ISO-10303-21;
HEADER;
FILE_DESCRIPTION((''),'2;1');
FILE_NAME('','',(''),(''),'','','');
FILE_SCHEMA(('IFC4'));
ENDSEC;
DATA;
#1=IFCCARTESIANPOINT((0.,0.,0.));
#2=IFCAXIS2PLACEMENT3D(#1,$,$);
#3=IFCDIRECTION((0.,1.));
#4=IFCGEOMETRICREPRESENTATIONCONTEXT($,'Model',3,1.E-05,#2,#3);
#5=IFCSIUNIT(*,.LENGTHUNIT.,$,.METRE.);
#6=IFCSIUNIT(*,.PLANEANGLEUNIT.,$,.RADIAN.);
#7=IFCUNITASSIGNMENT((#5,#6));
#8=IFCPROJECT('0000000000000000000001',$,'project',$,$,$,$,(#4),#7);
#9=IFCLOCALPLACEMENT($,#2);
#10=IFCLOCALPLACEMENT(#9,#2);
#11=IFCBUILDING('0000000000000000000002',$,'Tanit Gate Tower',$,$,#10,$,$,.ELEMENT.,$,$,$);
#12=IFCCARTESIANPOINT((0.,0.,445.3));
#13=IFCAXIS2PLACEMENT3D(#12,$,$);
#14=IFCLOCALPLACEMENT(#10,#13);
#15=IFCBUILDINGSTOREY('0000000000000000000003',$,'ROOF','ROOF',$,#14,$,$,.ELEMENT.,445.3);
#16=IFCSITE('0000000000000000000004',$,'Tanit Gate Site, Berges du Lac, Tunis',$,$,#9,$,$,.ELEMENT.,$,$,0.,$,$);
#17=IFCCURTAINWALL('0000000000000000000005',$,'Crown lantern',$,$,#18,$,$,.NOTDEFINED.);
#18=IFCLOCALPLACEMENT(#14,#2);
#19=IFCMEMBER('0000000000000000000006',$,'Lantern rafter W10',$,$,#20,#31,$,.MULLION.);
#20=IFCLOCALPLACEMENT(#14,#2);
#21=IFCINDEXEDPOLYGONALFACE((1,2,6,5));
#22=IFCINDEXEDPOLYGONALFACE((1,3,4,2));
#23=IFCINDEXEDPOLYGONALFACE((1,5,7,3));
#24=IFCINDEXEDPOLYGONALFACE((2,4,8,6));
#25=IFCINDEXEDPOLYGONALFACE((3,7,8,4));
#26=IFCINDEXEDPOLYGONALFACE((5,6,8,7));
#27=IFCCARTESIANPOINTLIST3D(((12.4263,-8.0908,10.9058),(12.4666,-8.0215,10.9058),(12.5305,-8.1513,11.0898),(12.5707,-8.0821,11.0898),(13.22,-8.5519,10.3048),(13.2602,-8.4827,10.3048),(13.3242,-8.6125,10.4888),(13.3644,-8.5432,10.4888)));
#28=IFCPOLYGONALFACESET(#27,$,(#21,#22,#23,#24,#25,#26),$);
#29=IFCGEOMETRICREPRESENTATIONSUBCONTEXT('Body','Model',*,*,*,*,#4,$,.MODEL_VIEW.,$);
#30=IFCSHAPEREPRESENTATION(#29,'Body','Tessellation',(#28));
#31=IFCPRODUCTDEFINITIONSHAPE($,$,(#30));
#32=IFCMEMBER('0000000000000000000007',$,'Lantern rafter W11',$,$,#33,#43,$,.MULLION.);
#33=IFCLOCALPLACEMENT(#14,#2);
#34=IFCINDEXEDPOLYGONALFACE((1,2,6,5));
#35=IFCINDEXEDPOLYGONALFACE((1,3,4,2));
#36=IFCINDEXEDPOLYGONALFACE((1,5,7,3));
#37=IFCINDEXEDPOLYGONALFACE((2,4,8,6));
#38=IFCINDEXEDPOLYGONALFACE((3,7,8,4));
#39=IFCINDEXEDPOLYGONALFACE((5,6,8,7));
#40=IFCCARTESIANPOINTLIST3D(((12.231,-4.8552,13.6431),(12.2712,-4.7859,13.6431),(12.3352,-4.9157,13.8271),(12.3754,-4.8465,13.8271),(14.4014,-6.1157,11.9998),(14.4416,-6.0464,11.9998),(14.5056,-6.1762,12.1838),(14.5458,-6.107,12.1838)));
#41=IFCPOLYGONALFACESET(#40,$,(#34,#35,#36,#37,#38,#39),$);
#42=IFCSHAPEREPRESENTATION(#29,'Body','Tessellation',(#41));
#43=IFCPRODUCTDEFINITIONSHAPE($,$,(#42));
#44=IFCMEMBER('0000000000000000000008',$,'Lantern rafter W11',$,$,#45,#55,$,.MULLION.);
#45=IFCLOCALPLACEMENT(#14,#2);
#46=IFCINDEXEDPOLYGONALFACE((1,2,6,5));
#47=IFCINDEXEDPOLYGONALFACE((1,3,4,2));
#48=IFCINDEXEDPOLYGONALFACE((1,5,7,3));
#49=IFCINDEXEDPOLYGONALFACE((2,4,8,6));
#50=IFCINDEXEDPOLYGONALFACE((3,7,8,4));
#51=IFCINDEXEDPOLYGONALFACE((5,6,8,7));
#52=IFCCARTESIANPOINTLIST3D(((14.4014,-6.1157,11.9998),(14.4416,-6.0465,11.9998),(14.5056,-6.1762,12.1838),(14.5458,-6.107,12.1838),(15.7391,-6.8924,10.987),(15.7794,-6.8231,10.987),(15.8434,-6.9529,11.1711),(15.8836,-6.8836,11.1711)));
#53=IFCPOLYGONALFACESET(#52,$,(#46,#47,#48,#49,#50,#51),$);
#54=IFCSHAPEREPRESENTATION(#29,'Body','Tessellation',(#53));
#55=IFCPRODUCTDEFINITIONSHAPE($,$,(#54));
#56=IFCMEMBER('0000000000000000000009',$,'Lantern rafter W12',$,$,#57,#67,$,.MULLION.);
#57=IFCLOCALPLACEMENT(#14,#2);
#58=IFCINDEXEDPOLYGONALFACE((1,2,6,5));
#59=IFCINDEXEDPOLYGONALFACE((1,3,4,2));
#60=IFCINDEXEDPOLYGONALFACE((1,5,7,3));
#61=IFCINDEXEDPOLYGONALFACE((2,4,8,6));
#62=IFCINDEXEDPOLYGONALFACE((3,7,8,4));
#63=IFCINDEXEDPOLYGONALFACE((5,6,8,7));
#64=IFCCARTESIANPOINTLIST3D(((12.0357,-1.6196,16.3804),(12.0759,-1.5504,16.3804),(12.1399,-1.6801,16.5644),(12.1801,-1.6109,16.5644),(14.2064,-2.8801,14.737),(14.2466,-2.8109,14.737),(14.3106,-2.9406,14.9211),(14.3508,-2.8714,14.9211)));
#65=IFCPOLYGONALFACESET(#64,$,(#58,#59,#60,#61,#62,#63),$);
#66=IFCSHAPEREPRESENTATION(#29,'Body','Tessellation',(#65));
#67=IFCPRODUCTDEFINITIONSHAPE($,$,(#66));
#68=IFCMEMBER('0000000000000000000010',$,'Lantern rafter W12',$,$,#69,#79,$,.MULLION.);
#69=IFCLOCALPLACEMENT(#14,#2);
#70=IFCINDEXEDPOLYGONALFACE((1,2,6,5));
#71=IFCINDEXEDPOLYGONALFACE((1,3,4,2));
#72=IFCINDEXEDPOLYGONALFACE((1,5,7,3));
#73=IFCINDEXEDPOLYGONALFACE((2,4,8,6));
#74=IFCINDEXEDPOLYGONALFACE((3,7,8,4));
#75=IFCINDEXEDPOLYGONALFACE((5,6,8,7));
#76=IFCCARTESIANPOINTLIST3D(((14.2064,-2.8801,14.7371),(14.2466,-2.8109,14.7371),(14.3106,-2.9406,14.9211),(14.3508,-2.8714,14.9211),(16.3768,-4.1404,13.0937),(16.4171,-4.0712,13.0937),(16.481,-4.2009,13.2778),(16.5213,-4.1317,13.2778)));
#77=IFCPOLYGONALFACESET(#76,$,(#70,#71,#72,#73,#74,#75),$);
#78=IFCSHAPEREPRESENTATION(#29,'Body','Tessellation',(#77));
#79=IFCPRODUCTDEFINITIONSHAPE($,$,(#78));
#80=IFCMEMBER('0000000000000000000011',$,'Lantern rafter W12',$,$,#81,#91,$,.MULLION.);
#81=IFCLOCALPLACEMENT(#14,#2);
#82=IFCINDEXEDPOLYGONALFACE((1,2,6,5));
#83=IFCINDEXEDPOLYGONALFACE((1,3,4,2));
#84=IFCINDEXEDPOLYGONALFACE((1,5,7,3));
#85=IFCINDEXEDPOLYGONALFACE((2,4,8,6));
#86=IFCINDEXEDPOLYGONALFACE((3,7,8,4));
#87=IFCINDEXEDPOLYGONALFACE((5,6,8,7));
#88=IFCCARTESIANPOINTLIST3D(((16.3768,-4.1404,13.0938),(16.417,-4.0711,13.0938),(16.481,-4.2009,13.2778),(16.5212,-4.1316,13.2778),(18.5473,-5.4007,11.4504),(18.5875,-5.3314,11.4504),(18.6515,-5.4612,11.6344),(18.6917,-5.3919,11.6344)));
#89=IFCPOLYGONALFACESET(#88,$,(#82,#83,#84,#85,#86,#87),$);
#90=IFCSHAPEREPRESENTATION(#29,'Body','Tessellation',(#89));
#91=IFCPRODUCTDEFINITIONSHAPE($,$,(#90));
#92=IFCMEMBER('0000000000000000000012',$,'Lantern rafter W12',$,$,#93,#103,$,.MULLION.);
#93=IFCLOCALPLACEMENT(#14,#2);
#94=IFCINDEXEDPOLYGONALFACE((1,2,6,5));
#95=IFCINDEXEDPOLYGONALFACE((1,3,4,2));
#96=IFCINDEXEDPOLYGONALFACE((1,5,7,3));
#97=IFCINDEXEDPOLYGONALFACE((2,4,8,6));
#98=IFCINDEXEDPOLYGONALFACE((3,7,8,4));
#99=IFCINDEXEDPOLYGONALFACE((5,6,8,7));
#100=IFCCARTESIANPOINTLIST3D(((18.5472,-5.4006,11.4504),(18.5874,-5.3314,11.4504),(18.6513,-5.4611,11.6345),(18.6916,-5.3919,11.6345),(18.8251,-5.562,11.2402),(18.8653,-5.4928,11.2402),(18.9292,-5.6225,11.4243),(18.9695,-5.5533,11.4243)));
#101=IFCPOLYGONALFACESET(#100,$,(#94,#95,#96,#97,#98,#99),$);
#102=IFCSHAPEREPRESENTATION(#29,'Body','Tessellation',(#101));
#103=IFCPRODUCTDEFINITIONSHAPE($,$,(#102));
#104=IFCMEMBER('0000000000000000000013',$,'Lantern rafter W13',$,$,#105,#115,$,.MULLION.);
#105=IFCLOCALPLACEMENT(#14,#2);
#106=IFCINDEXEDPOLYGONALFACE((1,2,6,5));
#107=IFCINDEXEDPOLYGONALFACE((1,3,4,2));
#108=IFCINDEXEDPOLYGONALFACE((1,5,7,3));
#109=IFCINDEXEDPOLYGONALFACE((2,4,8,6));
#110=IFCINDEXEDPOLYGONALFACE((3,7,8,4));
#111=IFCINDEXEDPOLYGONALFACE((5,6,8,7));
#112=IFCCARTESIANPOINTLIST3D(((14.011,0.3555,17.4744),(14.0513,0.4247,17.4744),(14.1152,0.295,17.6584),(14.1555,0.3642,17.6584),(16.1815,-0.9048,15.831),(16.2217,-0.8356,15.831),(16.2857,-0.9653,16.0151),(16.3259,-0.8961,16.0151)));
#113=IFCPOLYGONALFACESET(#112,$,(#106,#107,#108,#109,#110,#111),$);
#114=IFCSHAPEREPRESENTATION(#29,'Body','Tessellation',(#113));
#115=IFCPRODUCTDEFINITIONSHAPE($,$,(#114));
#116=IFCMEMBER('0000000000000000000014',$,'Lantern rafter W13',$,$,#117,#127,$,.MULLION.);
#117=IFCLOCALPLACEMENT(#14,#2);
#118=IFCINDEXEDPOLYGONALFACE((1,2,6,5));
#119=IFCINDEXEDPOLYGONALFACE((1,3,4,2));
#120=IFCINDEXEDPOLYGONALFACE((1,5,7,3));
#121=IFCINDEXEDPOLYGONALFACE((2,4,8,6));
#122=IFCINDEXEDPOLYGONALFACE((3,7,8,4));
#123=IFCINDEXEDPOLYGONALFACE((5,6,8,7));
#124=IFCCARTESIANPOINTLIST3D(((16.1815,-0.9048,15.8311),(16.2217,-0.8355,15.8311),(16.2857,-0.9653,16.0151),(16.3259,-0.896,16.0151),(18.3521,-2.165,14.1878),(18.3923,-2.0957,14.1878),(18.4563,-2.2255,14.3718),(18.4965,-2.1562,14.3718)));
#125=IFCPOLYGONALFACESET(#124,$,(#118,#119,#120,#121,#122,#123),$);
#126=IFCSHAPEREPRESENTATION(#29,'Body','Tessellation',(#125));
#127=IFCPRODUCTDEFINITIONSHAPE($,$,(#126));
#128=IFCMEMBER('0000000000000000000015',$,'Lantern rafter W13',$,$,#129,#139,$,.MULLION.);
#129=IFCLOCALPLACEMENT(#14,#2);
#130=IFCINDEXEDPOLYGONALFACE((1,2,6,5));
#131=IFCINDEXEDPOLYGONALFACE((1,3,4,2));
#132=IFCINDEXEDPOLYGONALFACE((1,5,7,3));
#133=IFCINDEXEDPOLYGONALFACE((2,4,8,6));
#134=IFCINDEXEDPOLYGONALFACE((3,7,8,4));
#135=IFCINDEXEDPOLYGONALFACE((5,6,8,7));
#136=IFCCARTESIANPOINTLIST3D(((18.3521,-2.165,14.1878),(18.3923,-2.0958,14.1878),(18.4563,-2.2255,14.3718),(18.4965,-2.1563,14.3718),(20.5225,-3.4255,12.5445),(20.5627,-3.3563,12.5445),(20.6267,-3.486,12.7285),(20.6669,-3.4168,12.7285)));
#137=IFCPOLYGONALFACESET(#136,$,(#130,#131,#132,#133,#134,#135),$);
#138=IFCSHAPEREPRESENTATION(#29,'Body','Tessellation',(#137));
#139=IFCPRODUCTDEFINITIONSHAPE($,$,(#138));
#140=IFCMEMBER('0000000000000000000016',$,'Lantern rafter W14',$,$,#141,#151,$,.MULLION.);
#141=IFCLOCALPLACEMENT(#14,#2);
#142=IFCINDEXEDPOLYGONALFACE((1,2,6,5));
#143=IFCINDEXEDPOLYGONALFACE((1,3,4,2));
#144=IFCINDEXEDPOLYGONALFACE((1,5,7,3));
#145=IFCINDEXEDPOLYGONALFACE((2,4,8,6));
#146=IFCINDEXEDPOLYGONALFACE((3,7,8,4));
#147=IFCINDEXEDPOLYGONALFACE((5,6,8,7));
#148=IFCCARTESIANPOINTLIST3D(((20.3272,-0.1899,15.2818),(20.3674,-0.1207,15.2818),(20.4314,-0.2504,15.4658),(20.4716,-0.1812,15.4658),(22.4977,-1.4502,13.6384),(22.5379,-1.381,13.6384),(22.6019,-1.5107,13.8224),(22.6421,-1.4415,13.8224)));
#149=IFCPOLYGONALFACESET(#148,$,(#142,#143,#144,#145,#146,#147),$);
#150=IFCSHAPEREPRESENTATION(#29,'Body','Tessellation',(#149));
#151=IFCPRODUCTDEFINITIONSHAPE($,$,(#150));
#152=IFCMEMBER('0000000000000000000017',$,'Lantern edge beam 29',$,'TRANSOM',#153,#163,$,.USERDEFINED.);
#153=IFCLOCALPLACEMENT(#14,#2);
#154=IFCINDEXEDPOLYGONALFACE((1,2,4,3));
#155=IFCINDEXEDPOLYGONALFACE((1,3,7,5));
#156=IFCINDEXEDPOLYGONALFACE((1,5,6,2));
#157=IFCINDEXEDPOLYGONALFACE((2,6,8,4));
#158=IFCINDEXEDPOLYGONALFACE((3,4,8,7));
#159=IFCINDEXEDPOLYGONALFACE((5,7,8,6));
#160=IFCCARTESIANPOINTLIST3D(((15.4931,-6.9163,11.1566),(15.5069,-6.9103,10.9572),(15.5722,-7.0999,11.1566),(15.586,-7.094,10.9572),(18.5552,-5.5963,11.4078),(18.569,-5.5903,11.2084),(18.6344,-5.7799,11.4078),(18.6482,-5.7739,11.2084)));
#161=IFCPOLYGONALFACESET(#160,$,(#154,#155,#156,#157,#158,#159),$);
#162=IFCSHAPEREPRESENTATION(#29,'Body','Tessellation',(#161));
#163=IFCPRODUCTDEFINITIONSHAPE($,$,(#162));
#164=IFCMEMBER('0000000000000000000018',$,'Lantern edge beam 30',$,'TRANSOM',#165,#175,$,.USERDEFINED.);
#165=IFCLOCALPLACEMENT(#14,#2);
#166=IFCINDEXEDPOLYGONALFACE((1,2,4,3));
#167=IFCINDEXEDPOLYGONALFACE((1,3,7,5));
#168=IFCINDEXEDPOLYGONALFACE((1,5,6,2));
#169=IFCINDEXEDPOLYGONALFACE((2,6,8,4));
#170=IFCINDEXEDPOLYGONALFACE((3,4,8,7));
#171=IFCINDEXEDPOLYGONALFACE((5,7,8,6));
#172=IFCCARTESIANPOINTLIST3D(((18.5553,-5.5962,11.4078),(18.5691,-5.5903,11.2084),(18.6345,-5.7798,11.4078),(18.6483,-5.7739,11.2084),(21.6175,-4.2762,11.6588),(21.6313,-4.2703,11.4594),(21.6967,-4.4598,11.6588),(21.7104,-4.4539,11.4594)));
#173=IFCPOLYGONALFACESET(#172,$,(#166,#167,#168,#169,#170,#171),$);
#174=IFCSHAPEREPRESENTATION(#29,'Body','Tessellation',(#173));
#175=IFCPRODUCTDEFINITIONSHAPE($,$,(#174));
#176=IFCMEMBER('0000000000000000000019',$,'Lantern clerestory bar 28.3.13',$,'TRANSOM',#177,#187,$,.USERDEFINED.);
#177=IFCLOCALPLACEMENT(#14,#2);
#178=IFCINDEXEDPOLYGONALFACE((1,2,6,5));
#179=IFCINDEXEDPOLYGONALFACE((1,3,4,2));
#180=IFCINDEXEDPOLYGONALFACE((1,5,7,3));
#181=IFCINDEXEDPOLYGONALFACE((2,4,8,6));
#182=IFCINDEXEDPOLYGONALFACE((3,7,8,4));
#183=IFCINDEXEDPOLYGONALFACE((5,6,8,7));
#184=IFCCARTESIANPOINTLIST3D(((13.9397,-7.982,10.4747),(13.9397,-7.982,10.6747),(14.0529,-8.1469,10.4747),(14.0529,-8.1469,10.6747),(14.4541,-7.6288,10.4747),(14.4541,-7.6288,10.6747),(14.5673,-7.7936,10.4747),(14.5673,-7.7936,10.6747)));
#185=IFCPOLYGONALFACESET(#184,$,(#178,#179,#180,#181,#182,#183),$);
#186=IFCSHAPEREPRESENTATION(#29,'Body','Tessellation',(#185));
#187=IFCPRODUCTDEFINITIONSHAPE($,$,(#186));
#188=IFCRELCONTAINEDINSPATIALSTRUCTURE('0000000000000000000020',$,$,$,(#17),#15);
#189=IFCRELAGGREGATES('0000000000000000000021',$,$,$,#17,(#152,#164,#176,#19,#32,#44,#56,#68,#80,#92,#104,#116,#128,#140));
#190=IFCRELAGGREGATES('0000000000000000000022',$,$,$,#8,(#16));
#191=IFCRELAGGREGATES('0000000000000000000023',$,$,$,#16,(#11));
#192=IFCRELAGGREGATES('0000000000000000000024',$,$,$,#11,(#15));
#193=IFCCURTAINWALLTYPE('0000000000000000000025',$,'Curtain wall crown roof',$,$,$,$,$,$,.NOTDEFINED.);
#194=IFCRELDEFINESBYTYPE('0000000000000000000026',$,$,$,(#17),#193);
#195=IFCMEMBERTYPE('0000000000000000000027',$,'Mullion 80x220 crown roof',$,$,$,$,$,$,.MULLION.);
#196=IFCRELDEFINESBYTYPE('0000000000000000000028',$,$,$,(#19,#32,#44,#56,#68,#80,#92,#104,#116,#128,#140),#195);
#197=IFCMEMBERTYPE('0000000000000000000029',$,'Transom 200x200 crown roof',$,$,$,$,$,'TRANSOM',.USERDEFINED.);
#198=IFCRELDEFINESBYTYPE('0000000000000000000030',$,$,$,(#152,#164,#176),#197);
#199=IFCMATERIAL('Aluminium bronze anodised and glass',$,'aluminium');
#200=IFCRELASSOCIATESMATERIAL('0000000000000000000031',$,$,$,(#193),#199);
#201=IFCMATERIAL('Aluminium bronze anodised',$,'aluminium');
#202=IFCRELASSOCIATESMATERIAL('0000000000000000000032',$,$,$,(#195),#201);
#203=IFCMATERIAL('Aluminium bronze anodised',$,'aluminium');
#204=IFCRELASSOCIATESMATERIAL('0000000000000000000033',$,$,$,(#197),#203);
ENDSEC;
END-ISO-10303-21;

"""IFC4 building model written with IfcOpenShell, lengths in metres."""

from ifc_helpers import new_model, si_unit, direction, frame, origin, origin_2d, place, context, subcontext, project, spatial, rectangle, extrude, material, material_profile, profile_set, type_object, element, aggregate, save


model = new_model("IFC4")

# Units and contexts
model_context = context("Model", 3, precision=1e-05, world=origin(), true_north=direction((0.0, 1.0)))
body_context = subcontext(model_context, "Body", "Model", "MODEL_VIEW")
ifc_project = project(units=[si_unit("LENGTHUNIT", "METRE"), si_unit("PLANEANGLEUNIT", "RADIAN")], contexts=[model_context])

# Site, building, storey
site_placement = place(None, origin())
site = spatial("IfcSite", under=ifc_project, at=site_placement, Name="Tanit Gate Site, Berges du Lac, Tunis", CompositionType="ELEMENT", RefElevation=0.0)
building_placement = place(site_placement, origin())
building = spatial("IfcBuilding", under=site, at=building_placement, Name="Tanit Gate Tower", CompositionType="ELEMENT")
storey_placement = place(building_placement, frame((0.0, 0.0, 445.3)))
storey = spatial("IfcBuildingStorey", under=building, at=storey_placement, Name="ROOF", Description="ROOF", CompositionType="ELEMENT", Elevation=445.3)

# Curtain wall, members
ifc_material_1 = material(Name="Aluminium bronze anodised and glass", Category="aluminium")
curtain_wall_type = type_object("IfcCurtainWallType", Name="Curtain wall crown roof", PredefinedType="NOTDEFINED", material=ifc_material_1)
curtain_wall_placement = place(storey_placement, origin())
curtain_wall = element("IfcCurtainWall", 1, at=curtain_wall_placement, inside=storey, type_object=curtain_wall_type, Name="Crown lantern", PredefinedType="NOTDEFINED")
ifc_material_2 = material(Name="Aluminium bronze anodised", Category="aluminium")
ifc_material_profile_1 = material_profile(ifc_material_2, rectangle(XDim=0.0801, YDim=0.22, at=origin_2d()), Name="80x220 bronze rafter")
ifc_profile_set_1 = profile_set([ifc_material_profile_1], Name="Aluminium bronze anodised")
member_type_1 = type_object("IfcMemberType", Name="Mullion 80x220 crown roof", PredefinedType="MULLION", material=ifc_profile_set_1)
member_1_placement = place(storey_placement, frame((12.4985, -8.0864, 10.9978), z_axis=(0.72336, -0.42031, -0.547805), x_axis=(0.502399, 0.864636, 0.0)))
member_1 = element("IfcMember", 2, at=member_1_placement, type_object=member_type_1, Name="Lantern rafter W10", PredefinedType="MULLION", context=body_context, shape_type="SweptSolid", body=[
    extrude(rectangle(XDim=0.0801, YDim=0.22, at=origin_2d()), origin(), (0.0, 0.0, 1.0), 1.0972),
])
member_2_placement = place(storey_placement, frame((12.3032, -4.8508, 13.7351), z_axis=(0.72347, -0.420166, -0.54777), x_axis=(0.502213, 0.864744, 0.0)))
member_2 = element("IfcMember", 3, at=member_2_placement, type_object=member_type_1, Name="Lantern rafter W11", PredefinedType="MULLION", context=body_context, shape_type="SweptSolid", body=[
    extrude(rectangle(XDim=0.0801, YDim=0.22, at=origin_2d()), origin(), (0.0, 0.0, 1.0), 3.0),
])
member_3_placement = place(storey_placement, frame((14.4736, -6.1113, 12.0918), z_axis=(0.723531, -0.420068, -0.547765), x_axis=(0.502094, 0.864813, 0.0)))
member_3 = element("IfcMember", 4, at=member_3_placement, type_object=member_type_1, Name="Lantern rafter W11", PredefinedType="MULLION", context=body_context, shape_type="SweptSolid", body=[
    extrude(rectangle(XDim=0.0801, YDim=0.22, at=origin_2d()), origin(), (0.0, 0.0, 1.0), 1.8489),
])
member_4_placement = place(storey_placement, frame((12.1079, -1.6152, 16.4724), z_axis=(0.723509, -0.420141, -0.547738), x_axis=(0.502171, 0.864769, 0.0)))
member_4 = element("IfcMember", 5, at=member_4_placement, type_object=member_type_1, Name="Lantern rafter W12", PredefinedType="MULLION", context=body_context, shape_type="SweptSolid", body=[
    extrude(rectangle(XDim=0.0801, YDim=0.22, at=origin_2d()), origin(), (0.0, 0.0, 1.0), 3.0002),
])
member_5_placement = place(storey_placement, frame((14.2786, -2.8757, 14.8291), z_axis=(0.723495, -0.420099, -0.547789), x_axis=(0.50214, 0.864786, 0.0)))
member_5 = element("IfcMember", 6, at=member_5_placement, type_object=member_type_1, Name="Lantern rafter W12", PredefinedType="MULLION", context=body_context, shape_type="SweptSolid", body=[
    extrude(rectangle(XDim=0.0801, YDim=0.22, at=origin_2d()), origin(), (0.0, 0.0, 1.0), 3.0),
])
member_6_placement = place(storey_placement, frame((16.449, -4.136, 13.1858), z_axis=(0.723495, -0.420099, -0.547789), x_axis=(0.50214, 0.864786, 0.0)))
member_6 = element("IfcMember", 7, at=member_6_placement, type_object=member_type_1, Name="Lantern rafter W12", PredefinedType="MULLION", context=body_context, shape_type="SweptSolid", body=[
    extrude(rectangle(XDim=0.0801, YDim=0.22, at=origin_2d()), origin(), (0.0, 0.0, 1.0), 3.0),
])
member_7_placement = place(storey_placement, frame((18.6194, -5.3962, 11.5425), z_axis=(0.723611, -0.420305, -0.547477), x_axis=(0.502264, 0.864714, 0.0)))
member_7 = element("IfcMember", 8, at=member_7_placement, type_object=member_type_1, Name="Lantern rafter W12", PredefinedType="MULLION", context=body_context, shape_type="SweptSolid", body=[
    extrude(rectangle(XDim=0.0801, YDim=0.22, at=origin_2d()), origin(), (0.0, 0.0, 1.0), 0.384),
])
member_8_placement = place(storey_placement, frame((14.0833, 0.3599, 17.5664), z_axis=(0.723495, -0.420099, -0.547789), x_axis=(0.50214, 0.864786, 0.0)))
member_8 = element("IfcMember", 9, at=member_8_placement, type_object=member_type_1, Name="Lantern rafter W13", PredefinedType="MULLION", context=body_context, shape_type="SweptSolid", body=[
    extrude(rectangle(XDim=0.0801, YDim=0.22, at=origin_2d()), origin(), (0.0, 0.0, 1.0), 3.0),
])
member_9_placement = place(storey_placement, frame((16.2537, -0.9004, 15.9231), z_axis=(0.723533, -0.420074, -0.547757), x_axis=(0.502098, 0.864811, 0.0)))
member_9 = element("IfcMember", 10, at=member_9_placement, type_object=member_type_1, Name="Lantern rafter W13", PredefinedType="MULLION", context=body_context, shape_type="SweptSolid", body=[
    extrude(rectangle(XDim=0.0801, YDim=0.22, at=origin_2d()), origin(), (0.0, 0.0, 1.0), 3.0),
])
member_10_placement = place(storey_placement, frame((18.4243, -2.1606, 14.2798), z_axis=(0.72347, -0.420166, -0.54777), x_axis=(0.502213, 0.864744, 0.0)))
member_10 = element("IfcMember", 11, at=member_10_placement, type_object=member_type_1, Name="Lantern rafter W13", PredefinedType="MULLION", context=body_context, shape_type="SweptSolid", body=[
    extrude(rectangle(XDim=0.0801, YDim=0.22, at=origin_2d()), origin(), (0.0, 0.0, 1.0), 3.0),
])
member_11_placement = place(storey_placement, frame((20.3994, -0.1855, 15.3738), z_axis=(0.723495, -0.420099, -0.547789), x_axis=(0.50214, 0.864786, 0.0)))
member_11 = element("IfcMember", 12, at=member_11_placement, type_object=member_type_1, Name="Lantern rafter W14", PredefinedType="MULLION", context=body_context, shape_type="SweptSolid", body=[
    extrude(rectangle(XDim=0.0801, YDim=0.22, at=origin_2d()), origin(), (0.0, 0.0, 1.0), 3.0),
])
ifc_material_3 = material(Name="Aluminium bronze anodised", Category="aluminium")
ifc_material_profile_2 = material_profile(ifc_material_3, rectangle(XDim=0.2, YDim=0.2, at=origin_2d()), Name="200x200 bronze transom")
ifc_profile_set_2 = profile_set([ifc_material_profile_2], Name="Aluminium bronze anodised")
member_type_2 = type_object("IfcMemberType", Name="Transom 200x200 crown roof", ElementType="TRANSOM", PredefinedType="USERDEFINED", material=ifc_profile_set_2)
member_12_placement = place(storey_placement, frame((15.5396, -7.0051, 11.0569), z_axis=(0.915715, 0.394744, 0.075123), x_axis=(-0.395862, 0.91831, 0.0)))
member_12 = element("IfcMember", 13, at=member_12_placement, type_object=member_type_2, Name="Lantern edge beam 29", ObjectType="TRANSOM", PredefinedType="USERDEFINED", context=body_context, shape_type="SweptSolid", body=[
    extrude(rectangle(XDim=0.2, YDim=0.2, at=origin_2d()), origin(), (0.0, 0.0, 1.0), 3.344),
])
member_13_placement = place(storey_placement, frame((18.6018, -5.6851, 11.3081), z_axis=(0.91572, 0.394746, 0.075051), x_axis=(-0.395862, 0.91831, 0.0)))
member_13 = element("IfcMember", 14, at=member_13_placement, type_object=member_type_2, Name="Lantern edge beam 30", ObjectType="TRANSOM", PredefinedType="USERDEFINED", context=body_context, shape_type="SweptSolid", body=[
    extrude(rectangle(XDim=0.2, YDim=0.2, at=origin_2d()), origin(), (0.0, 0.0, 1.0), 3.344),
])
member_14_placement = place(storey_placement, frame((13.9963, -8.0645, 10.5747), z_axis=(0.824327, 0.566114, 0.0), x_axis=(-0.566114, 0.824327, 0.0)))
member_14 = element("IfcMember", 15, at=member_14_placement, type_object=member_type_2, Name="Lantern clerestory bar 28.3.13", ObjectType="TRANSOM", PredefinedType="USERDEFINED", context=body_context, shape_type="SweptSolid", body=[
    extrude(rectangle(XDim=0.2, YDim=0.2, at=origin_2d()), origin(), (0.0, 0.0, 1.0), 0.624),
])
aggregate(curtain_wall, [member_12, member_13, member_14, member_1, member_2, member_3, member_4, member_5, member_6, member_7, member_8, member_9, member_10, member_11])

save(model, "model.ifc")
